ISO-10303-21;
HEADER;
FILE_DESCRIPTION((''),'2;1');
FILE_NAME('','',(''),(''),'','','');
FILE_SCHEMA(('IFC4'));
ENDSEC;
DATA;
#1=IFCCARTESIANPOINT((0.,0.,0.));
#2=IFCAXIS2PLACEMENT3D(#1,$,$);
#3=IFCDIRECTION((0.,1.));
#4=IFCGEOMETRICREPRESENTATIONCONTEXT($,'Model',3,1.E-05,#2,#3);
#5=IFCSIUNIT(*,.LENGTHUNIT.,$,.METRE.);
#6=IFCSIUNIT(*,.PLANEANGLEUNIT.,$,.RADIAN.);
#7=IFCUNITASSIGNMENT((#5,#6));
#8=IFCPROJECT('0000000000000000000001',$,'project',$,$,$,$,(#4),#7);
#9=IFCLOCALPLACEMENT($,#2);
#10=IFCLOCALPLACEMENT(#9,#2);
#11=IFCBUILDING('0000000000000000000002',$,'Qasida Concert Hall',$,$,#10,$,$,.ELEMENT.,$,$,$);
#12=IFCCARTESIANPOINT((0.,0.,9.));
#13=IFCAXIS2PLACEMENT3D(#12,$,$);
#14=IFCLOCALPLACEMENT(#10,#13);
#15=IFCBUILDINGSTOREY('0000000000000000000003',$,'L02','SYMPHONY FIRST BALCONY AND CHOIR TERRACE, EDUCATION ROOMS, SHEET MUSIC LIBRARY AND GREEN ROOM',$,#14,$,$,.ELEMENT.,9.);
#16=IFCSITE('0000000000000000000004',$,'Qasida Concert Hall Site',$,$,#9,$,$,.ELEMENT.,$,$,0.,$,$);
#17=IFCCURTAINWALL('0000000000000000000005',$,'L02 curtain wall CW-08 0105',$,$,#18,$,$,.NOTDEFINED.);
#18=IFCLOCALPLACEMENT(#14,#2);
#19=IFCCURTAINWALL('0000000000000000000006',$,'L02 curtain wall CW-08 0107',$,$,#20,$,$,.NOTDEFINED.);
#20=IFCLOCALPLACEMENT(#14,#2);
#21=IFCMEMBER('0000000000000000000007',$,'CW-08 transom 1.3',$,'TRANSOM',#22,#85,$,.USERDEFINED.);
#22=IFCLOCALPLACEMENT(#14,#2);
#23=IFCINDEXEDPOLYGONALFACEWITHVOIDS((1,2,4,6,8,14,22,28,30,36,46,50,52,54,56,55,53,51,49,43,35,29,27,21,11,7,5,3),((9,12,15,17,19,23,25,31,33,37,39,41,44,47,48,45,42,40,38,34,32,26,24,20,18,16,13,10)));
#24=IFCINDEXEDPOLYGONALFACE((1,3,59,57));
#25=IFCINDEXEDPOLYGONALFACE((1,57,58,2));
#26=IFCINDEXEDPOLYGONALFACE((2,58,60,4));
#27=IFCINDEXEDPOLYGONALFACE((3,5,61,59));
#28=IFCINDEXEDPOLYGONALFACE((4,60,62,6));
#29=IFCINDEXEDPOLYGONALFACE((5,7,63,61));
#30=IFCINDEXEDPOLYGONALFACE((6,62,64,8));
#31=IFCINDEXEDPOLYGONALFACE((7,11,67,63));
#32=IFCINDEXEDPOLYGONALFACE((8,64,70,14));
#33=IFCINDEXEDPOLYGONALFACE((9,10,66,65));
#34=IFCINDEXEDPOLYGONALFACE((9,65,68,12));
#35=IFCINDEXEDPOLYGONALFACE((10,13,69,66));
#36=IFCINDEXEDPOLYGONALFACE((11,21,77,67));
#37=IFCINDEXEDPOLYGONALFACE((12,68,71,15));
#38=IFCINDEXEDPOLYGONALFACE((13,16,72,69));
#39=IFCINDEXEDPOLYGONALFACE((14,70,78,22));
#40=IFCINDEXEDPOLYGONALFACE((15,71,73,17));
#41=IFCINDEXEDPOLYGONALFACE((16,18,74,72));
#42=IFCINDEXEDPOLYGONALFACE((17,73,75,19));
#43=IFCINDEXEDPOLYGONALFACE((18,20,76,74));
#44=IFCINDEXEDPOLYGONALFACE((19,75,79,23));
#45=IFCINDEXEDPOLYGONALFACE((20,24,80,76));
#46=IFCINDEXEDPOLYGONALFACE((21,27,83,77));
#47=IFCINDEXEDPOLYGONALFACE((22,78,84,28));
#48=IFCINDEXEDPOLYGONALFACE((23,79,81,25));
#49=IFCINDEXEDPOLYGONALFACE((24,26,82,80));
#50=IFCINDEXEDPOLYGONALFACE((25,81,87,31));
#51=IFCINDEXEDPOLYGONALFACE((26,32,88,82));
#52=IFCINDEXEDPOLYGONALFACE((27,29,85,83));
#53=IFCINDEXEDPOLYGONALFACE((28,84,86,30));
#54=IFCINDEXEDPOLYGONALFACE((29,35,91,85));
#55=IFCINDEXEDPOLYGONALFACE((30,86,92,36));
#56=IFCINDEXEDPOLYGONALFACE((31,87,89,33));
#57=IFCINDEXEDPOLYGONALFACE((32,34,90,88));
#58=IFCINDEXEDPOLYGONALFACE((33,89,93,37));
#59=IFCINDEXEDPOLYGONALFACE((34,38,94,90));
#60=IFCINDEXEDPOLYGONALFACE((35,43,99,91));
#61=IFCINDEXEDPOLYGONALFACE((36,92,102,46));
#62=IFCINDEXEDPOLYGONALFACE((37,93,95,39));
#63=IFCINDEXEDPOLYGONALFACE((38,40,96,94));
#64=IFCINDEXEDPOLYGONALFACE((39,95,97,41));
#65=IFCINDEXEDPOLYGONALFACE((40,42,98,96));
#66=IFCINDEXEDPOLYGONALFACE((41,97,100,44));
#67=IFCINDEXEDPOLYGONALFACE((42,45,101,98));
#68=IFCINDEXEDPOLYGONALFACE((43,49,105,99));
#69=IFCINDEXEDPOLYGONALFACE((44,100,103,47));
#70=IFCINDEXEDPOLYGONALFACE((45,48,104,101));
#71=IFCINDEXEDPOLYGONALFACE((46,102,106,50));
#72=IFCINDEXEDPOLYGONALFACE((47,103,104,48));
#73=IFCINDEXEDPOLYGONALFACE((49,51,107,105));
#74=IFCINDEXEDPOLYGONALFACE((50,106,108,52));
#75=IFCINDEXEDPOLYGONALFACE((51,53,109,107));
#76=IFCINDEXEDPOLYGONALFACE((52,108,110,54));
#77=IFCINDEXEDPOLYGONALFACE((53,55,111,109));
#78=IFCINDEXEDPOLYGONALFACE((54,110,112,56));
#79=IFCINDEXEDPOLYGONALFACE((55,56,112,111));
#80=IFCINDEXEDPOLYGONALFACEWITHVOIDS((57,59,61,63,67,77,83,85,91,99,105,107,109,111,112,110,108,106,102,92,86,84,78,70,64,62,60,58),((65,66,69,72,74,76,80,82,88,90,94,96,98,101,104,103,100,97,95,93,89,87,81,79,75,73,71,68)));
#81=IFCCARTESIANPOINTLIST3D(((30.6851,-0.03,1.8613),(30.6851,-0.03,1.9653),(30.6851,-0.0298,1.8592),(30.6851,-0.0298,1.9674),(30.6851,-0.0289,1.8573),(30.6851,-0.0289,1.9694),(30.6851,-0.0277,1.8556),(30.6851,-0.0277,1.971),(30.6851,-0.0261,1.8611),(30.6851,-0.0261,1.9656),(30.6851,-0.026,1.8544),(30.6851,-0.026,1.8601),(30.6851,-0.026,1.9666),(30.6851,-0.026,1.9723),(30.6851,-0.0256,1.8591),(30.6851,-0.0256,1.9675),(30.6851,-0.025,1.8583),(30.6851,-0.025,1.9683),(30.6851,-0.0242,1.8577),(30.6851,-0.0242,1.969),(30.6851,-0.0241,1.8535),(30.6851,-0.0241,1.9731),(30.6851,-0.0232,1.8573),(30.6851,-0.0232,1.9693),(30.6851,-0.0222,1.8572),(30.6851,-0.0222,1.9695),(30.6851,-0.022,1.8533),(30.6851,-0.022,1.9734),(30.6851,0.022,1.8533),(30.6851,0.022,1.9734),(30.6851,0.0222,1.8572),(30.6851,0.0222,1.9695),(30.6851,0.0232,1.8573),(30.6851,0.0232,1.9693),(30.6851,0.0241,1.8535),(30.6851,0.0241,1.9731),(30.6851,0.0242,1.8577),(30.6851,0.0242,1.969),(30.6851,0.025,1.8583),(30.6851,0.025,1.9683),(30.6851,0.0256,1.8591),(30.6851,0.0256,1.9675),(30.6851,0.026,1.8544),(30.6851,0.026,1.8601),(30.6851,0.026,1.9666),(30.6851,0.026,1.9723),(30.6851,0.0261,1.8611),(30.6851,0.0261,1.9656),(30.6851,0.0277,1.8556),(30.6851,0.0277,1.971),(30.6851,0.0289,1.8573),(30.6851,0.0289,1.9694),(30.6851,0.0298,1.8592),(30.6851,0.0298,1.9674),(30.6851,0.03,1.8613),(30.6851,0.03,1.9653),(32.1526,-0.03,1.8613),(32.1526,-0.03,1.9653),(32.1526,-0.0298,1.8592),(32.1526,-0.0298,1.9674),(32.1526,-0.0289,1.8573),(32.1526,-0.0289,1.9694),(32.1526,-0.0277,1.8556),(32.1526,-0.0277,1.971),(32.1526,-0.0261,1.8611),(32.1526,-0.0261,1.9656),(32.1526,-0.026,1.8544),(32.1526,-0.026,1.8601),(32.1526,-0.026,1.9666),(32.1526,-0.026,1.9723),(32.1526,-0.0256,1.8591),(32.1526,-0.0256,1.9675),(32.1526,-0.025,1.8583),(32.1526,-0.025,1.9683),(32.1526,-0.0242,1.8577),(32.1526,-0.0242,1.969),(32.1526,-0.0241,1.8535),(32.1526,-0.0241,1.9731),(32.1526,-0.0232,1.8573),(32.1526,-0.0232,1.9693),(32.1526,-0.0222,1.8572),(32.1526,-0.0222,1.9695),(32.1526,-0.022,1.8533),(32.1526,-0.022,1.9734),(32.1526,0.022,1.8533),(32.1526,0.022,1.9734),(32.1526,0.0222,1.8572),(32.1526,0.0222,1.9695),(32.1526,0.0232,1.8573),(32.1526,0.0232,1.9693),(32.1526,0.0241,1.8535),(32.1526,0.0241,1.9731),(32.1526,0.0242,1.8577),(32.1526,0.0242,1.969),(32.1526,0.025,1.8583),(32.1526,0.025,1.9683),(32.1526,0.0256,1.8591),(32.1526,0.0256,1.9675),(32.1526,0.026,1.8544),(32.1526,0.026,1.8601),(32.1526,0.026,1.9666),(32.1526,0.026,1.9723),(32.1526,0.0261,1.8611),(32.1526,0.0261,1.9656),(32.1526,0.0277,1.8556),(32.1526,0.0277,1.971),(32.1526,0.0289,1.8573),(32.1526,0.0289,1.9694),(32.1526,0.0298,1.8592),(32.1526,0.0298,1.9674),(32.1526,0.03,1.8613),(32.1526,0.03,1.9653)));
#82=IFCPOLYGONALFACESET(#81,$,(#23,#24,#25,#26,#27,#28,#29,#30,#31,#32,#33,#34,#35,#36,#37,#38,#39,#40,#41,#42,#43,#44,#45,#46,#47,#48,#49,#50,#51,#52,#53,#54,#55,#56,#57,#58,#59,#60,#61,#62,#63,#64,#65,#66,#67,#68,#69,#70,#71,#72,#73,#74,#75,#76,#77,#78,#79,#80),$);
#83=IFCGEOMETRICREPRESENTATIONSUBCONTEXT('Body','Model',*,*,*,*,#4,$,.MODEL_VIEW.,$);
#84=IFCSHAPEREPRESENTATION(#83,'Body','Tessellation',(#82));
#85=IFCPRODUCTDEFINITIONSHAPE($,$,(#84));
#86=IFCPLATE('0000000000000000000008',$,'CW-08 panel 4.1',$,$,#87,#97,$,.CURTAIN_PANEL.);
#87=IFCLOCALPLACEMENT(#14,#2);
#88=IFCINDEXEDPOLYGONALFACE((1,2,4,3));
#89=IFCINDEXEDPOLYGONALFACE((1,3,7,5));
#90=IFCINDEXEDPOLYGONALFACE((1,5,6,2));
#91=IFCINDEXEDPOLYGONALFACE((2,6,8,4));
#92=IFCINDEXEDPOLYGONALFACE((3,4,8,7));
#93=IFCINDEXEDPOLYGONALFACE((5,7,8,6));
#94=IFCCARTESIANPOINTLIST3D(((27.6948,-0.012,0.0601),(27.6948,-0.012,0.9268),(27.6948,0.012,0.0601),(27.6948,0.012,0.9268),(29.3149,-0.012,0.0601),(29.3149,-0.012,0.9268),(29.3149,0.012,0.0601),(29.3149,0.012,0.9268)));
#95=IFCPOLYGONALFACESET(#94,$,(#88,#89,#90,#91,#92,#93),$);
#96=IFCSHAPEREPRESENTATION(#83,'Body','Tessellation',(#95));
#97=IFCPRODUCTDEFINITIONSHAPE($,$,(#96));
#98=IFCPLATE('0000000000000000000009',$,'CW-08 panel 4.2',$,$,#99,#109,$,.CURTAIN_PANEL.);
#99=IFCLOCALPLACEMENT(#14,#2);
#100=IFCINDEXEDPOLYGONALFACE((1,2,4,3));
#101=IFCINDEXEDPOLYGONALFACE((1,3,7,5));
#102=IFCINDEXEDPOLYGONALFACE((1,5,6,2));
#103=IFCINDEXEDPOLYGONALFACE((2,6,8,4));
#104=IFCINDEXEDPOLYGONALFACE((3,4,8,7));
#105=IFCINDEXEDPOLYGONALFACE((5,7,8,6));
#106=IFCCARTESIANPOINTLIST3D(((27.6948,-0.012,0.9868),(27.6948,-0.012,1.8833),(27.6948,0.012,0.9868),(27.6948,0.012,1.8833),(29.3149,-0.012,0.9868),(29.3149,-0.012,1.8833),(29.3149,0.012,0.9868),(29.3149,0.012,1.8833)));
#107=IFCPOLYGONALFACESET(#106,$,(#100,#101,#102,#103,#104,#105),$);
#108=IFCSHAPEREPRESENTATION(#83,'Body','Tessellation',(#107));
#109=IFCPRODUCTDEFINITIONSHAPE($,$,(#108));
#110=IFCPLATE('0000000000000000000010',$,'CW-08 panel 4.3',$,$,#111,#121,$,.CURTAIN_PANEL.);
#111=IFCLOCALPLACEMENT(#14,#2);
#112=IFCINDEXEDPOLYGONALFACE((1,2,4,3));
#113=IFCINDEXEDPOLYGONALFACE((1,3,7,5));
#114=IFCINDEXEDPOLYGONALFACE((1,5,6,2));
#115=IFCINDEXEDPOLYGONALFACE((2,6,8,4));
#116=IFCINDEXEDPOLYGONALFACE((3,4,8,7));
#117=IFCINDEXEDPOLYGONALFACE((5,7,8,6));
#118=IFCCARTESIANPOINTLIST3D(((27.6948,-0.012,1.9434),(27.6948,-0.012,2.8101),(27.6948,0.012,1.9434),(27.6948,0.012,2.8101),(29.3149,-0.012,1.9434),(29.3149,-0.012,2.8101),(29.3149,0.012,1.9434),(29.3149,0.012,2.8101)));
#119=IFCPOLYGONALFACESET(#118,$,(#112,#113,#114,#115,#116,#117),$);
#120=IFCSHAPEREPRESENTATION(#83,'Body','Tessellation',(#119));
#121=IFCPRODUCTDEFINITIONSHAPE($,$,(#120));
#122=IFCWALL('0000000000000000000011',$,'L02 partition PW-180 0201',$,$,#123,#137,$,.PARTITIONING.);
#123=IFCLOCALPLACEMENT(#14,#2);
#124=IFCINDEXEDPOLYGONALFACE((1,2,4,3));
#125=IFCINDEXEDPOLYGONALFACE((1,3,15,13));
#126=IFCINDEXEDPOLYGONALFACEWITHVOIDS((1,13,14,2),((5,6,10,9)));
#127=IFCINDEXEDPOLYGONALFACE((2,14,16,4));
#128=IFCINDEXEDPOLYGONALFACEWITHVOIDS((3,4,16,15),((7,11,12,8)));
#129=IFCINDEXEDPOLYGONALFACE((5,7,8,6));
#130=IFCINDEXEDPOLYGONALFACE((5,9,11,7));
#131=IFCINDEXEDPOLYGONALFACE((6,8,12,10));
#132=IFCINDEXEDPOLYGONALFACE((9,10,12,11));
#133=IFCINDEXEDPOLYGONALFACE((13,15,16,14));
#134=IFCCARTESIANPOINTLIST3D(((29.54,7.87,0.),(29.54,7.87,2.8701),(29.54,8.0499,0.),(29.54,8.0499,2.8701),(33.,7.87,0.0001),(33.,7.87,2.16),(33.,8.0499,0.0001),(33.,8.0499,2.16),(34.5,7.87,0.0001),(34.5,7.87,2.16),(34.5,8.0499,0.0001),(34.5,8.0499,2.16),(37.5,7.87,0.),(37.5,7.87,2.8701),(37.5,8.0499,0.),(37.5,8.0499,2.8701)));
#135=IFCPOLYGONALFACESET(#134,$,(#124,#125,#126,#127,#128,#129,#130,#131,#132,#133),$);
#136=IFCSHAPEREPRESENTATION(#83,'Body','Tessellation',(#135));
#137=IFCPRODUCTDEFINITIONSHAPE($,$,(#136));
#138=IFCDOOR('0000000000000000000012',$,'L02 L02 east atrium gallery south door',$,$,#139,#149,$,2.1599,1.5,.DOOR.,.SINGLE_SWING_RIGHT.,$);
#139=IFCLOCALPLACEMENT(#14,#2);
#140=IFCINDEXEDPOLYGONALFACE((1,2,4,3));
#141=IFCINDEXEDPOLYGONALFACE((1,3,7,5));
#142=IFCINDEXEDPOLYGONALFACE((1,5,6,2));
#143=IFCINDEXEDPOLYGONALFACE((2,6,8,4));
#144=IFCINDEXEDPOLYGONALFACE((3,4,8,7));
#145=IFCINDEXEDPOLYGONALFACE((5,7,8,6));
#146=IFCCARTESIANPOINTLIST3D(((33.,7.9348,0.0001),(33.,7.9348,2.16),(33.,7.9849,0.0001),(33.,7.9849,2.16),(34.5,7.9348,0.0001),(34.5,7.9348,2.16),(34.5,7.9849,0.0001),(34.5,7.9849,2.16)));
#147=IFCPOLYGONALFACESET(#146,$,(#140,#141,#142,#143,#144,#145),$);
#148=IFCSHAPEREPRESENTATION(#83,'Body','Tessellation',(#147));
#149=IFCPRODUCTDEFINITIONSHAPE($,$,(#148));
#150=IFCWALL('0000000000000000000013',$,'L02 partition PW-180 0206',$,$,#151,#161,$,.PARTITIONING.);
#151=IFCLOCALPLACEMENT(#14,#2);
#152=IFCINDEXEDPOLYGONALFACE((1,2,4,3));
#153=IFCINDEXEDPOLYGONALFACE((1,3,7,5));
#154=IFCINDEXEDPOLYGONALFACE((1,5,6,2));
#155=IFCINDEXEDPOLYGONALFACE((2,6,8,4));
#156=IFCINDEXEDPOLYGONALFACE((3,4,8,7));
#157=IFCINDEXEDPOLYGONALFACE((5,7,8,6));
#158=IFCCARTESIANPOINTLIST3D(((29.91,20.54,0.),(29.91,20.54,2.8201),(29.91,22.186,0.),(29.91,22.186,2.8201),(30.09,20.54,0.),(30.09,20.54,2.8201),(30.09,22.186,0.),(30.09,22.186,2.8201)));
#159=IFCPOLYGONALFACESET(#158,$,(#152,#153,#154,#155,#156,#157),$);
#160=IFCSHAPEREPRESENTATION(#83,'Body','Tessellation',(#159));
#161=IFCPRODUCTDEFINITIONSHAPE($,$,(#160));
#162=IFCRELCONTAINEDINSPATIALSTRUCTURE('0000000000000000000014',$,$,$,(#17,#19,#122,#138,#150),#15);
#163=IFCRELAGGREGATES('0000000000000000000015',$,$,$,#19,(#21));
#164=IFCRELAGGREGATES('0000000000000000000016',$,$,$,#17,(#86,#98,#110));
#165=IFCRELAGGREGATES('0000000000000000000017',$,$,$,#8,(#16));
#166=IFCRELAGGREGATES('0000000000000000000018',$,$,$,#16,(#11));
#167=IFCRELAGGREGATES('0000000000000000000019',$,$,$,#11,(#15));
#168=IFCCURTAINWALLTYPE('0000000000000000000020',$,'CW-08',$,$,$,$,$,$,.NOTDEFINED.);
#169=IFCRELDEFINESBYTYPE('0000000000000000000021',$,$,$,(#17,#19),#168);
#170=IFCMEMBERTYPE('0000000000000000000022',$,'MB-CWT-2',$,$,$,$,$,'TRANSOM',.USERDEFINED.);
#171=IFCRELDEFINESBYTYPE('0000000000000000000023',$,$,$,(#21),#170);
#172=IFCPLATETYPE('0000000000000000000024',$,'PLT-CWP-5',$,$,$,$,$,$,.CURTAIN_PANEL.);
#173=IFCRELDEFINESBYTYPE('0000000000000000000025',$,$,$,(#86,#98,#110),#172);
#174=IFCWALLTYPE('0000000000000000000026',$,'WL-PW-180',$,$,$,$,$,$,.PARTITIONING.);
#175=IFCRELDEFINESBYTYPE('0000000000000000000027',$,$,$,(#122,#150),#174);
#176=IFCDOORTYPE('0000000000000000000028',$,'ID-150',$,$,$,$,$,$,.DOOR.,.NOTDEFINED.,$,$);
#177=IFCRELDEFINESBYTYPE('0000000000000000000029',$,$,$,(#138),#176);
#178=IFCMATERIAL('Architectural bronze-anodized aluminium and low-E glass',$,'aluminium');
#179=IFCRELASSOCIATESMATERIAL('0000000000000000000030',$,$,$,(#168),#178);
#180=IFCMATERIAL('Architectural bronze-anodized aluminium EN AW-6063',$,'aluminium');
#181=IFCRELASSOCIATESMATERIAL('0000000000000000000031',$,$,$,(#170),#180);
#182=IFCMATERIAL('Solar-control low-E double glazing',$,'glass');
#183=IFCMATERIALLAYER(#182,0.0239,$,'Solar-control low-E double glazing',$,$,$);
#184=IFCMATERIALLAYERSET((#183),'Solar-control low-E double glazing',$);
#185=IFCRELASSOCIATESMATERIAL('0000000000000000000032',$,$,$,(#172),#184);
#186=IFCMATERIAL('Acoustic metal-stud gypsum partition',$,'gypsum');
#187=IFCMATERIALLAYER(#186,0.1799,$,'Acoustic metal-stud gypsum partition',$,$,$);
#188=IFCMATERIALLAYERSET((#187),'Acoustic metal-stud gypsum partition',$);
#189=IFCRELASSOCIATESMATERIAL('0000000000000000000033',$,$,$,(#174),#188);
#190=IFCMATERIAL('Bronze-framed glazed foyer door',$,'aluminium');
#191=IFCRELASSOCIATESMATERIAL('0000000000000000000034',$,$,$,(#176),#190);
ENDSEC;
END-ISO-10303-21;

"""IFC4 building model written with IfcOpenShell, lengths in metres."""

from ifc_helpers import new_model, si_unit, direction, frame, frame_2d, origin, origin_2d, place, context, subcontext, project, spatial, rectangle, hollow_rectangle, extrude, material, layer, layer_set, material_profile, profile_set, type_object, element, fill, aggregate, save


model = new_model("IFC4")

# Units and contexts
model_context = context("Model", 3, precision=1e-05, world=origin(), true_north=direction((0.0, 1.0)))
body_context = subcontext(model_context, "Body", "Model", "MODEL_VIEW")
ifc_project = project(units=[si_unit("LENGTHUNIT", "METRE"), si_unit("PLANEANGLEUNIT", "RADIAN")], contexts=[model_context])

# Site, building, storey
site_placement = place(None, origin())
site = spatial("IfcSite", under=ifc_project, at=site_placement, Name="Qasida Concert Hall Site", CompositionType="ELEMENT", RefElevation=0.0)
building_placement = place(site_placement, origin())
building = spatial("IfcBuilding", under=site, at=building_placement, Name="Qasida Concert Hall", CompositionType="ELEMENT")
storey_placement = place(building_placement, frame((0.0, 0.0, 9.0)))
storey = spatial("IfcBuildingStorey", under=building, at=storey_placement, Name="L02", Description="SYMPHONY FIRST BALCONY AND CHOIR TERRACE, EDUCATION ROOMS, SHEET MUSIC LIBRARY AND GREEN ROOM", CompositionType="ELEMENT", Elevation=9.0)

# Curtain wall
ifc_material_1 = material(Name="Architectural bronze-anodized aluminium and low-E glass", Category="aluminium")
curtain_wall_type = type_object("IfcCurtainWallType", Name="CW-08", PredefinedType="NOTDEFINED", material=ifc_material_1)
curtain_wall_1_placement = place(storey_placement, origin())
curtain_wall_1 = element("IfcCurtainWall", 1, at=curtain_wall_1_placement, inside=storey, type_object=curtain_wall_type, Name="L02 curtain wall CW-08 0105", PredefinedType="NOTDEFINED")
ifc_material_2 = material(Name="Architectural bronze-anodized aluminium EN AW-6063", Category="aluminium")

# Curtain wall, member
curtain_wall_2_placement = place(storey_placement, origin())
curtain_wall_2 = element("IfcCurtainWall", 2, at=curtain_wall_2_placement, inside=storey, type_object=curtain_wall_type, Name="L02 curtain wall CW-08 0107", PredefinedType="NOTDEFINED")
ifc_material_profile_1 = material_profile(ifc_material_2, hollow_rectangle(XDim=0.0601, YDim=0.1201, WallThickness=0.0039, InnerFilletRadius=0.0039, OuterFilletRadius=0.0081, at=origin_2d()), Name="CWT 120x60x4")
ifc_profile_set_1 = profile_set([ifc_material_profile_1], Name="Architectural bronze-anodized aluminium EN AW-6063")
member_type_1 = type_object("IfcMemberType", Name="MB-CWT-2", ElementType="TRANSOM", PredefinedType="USERDEFINED", material=ifc_profile_set_1)
member_1_placement = place(storey_placement, frame((30.6851, 0.0, 1.9133), z_axis=(1.0, 0.0, 0.0), x_axis=(0.0, 1.0, 0.0)))
member_1 = element("IfcMember", 3, at=member_1_placement, type_object=member_type_1, Name="CW-08 transom 1.3", ObjectType="TRANSOM", PredefinedType="USERDEFINED", context=body_context, shape_type="SweptSolid", body=[
    extrude(hollow_rectangle(XDim=0.0601, YDim=0.1201, WallThickness=0.0039, InnerFilletRadius=0.0039, OuterFilletRadius=0.0081, at=origin_2d()), origin(), (0.0, 0.0, 1.0), 1.4675),
])
aggregate(curtain_wall_2, [member_1])

# Plates
ifc_material_3 = material(Name="Solar-control low-E double glazing", Category="glass")
ifc_layer_1 = layer(ifc_material_3, 0.0239, Name="Solar-control low-E double glazing")
ifc_layer_set_1 = layer_set([ifc_layer_1], Name="Solar-control low-E double glazing")
plate_type = type_object("IfcPlateType", Name="PLT-CWP-5", PredefinedType="CURTAIN_PANEL", material=ifc_layer_set_1)
plate_1_placement = place(storey_placement, frame((28.5049, 0.0, 0.0601), z_axis=(0.0, 0.0, 1.0), x_axis=(1.0, 0.0, 0.0)))
plate_1 = element("IfcPlate", 4, at=plate_1_placement, type_object=plate_type, Name="CW-08 panel 4.1", PredefinedType="CURTAIN_PANEL", context=body_context, shape_type="SweptSolid", body=[
    extrude(rectangle(XDim=1.6201, YDim=0.0239, at=origin_2d()), origin(), (0.0, 0.0, 1.0), 0.8667),
])
plate_2_placement = place(storey_placement, frame((28.5049, 0.0, 0.9868), z_axis=(0.0, 0.0, 1.0), x_axis=(1.0, 0.0, 0.0)))
plate_2 = element("IfcPlate", 5, at=plate_2_placement, type_object=plate_type, Name="CW-08 panel 4.2", PredefinedType="CURTAIN_PANEL", context=body_context, shape_type="SweptSolid", body=[
    extrude(rectangle(XDim=1.6201, YDim=0.0239, at=origin_2d()), origin(), (0.0, 0.0, 1.0), 0.8965),
])
plate_3_placement = place(storey_placement, frame((28.5049, 0.0, 1.9434), z_axis=(0.0, 0.0, 1.0), x_axis=(1.0, 0.0, 0.0)))
plate_3 = element("IfcPlate", 6, at=plate_3_placement, type_object=plate_type, Name="CW-08 panel 4.3", PredefinedType="CURTAIN_PANEL", context=body_context, shape_type="SweptSolid", body=[
    extrude(rectangle(XDim=1.6201, YDim=0.0239, at=origin_2d()), origin(), (0.0, 0.0, 1.0), 0.8667),
])
aggregate(curtain_wall_1, [plate_1, plate_2, plate_3])

# Wall, opening, door
ifc_material_4 = material(Name="Acoustic metal-stud gypsum partition", Category="gypsum")
ifc_layer_2 = layer(ifc_material_4, 0.1799, Name="Acoustic metal-stud gypsum partition")
ifc_layer_set_2 = layer_set([ifc_layer_2], Name="Acoustic metal-stud gypsum partition")
wall_type = type_object("IfcWallType", Name="WL-PW-180", PredefinedType="PARTITIONING", material=ifc_layer_set_2)
wall_1_placement = place(storey_placement, frame((29.54, 7.96, 0.0), z_axis=(0.0, 0.0, 1.0), x_axis=(1.0, 0.0, 0.0)))
wall_1 = element("IfcWall", 7, at=wall_1_placement, inside=storey, type_object=wall_type, Name="L02 partition PW-180 0201", PredefinedType="PARTITIONING", context=body_context, shape_type="SweptSolid", body=[
    extrude(rectangle(XDim=7.96, YDim=0.1799, at=frame_2d((3.98, 0.0))), origin(), (0.0, 0.0, 1.0), 2.8701),
])
opening_placement = place(wall_1_placement, frame((3.46, 0.0, 0.0)))
opening = element("IfcOpeningElement", 8, at=opening_placement, cuts=wall_1, PredefinedType="OPENING", context=body_context, shape_type="SweptSolid", body=[
    extrude(rectangle(XDim=1.5, YDim=2.1599, at=frame_2d((0.75, 1.0801))), frame((0.0, 0.0999, 0.0), z_axis=(0.0, -1.0, 0.0), x_axis=(1.0, 0.0, 0.0)), (0.0, 0.0, 1.0), 0.2),
])
ifc_material_5 = material(Name="Bronze-framed glazed foyer door", Category="aluminium")
door_type = type_object("IfcDoorType", Name="ID-150", OperationType="NOTDEFINED", PredefinedType="DOOR", material=ifc_material_5)
door_placement = place(opening_placement, origin())
door = element("IfcDoor", 9, at=door_placement, inside=storey, type_object=door_type, Name="L02 L02 east atrium gallery south door", OperationType="SINGLE_SWING_RIGHT", OverallHeight=2.1599, OverallWidth=1.5, PredefinedType="DOOR", context=body_context, shape_type="SweptSolid", body=[
    extrude(rectangle(XDim=1.5, YDim=2.1599, at=frame_2d((0.75, 1.0801))), frame((0.0, 0.0249, 0.0), z_axis=(0.0, -1.0, 0.0), x_axis=(1.0, 0.0, 0.0)), (0.0, 0.0, 1.0), 0.05),
])
fill(opening, door)

# Wall
wall_2_placement = place(storey_placement, frame((30.0, 20.54, 0.0), z_axis=(0.0, 0.0, 1.0), x_axis=(0.0, 1.0, 0.0)))
element("IfcWall", 10, at=wall_2_placement, inside=storey, type_object=wall_type, Name="L02 partition PW-180 0206", PredefinedType="PARTITIONING", context=body_context, shape_type="SweptSolid", body=[
    extrude(rectangle(XDim=1.646, YDim=0.1799, at=frame_2d((0.823, 0.0))), origin(), (0.0, 0.0, 1.0), 2.8201),
])

save(model, "model.ifc")
